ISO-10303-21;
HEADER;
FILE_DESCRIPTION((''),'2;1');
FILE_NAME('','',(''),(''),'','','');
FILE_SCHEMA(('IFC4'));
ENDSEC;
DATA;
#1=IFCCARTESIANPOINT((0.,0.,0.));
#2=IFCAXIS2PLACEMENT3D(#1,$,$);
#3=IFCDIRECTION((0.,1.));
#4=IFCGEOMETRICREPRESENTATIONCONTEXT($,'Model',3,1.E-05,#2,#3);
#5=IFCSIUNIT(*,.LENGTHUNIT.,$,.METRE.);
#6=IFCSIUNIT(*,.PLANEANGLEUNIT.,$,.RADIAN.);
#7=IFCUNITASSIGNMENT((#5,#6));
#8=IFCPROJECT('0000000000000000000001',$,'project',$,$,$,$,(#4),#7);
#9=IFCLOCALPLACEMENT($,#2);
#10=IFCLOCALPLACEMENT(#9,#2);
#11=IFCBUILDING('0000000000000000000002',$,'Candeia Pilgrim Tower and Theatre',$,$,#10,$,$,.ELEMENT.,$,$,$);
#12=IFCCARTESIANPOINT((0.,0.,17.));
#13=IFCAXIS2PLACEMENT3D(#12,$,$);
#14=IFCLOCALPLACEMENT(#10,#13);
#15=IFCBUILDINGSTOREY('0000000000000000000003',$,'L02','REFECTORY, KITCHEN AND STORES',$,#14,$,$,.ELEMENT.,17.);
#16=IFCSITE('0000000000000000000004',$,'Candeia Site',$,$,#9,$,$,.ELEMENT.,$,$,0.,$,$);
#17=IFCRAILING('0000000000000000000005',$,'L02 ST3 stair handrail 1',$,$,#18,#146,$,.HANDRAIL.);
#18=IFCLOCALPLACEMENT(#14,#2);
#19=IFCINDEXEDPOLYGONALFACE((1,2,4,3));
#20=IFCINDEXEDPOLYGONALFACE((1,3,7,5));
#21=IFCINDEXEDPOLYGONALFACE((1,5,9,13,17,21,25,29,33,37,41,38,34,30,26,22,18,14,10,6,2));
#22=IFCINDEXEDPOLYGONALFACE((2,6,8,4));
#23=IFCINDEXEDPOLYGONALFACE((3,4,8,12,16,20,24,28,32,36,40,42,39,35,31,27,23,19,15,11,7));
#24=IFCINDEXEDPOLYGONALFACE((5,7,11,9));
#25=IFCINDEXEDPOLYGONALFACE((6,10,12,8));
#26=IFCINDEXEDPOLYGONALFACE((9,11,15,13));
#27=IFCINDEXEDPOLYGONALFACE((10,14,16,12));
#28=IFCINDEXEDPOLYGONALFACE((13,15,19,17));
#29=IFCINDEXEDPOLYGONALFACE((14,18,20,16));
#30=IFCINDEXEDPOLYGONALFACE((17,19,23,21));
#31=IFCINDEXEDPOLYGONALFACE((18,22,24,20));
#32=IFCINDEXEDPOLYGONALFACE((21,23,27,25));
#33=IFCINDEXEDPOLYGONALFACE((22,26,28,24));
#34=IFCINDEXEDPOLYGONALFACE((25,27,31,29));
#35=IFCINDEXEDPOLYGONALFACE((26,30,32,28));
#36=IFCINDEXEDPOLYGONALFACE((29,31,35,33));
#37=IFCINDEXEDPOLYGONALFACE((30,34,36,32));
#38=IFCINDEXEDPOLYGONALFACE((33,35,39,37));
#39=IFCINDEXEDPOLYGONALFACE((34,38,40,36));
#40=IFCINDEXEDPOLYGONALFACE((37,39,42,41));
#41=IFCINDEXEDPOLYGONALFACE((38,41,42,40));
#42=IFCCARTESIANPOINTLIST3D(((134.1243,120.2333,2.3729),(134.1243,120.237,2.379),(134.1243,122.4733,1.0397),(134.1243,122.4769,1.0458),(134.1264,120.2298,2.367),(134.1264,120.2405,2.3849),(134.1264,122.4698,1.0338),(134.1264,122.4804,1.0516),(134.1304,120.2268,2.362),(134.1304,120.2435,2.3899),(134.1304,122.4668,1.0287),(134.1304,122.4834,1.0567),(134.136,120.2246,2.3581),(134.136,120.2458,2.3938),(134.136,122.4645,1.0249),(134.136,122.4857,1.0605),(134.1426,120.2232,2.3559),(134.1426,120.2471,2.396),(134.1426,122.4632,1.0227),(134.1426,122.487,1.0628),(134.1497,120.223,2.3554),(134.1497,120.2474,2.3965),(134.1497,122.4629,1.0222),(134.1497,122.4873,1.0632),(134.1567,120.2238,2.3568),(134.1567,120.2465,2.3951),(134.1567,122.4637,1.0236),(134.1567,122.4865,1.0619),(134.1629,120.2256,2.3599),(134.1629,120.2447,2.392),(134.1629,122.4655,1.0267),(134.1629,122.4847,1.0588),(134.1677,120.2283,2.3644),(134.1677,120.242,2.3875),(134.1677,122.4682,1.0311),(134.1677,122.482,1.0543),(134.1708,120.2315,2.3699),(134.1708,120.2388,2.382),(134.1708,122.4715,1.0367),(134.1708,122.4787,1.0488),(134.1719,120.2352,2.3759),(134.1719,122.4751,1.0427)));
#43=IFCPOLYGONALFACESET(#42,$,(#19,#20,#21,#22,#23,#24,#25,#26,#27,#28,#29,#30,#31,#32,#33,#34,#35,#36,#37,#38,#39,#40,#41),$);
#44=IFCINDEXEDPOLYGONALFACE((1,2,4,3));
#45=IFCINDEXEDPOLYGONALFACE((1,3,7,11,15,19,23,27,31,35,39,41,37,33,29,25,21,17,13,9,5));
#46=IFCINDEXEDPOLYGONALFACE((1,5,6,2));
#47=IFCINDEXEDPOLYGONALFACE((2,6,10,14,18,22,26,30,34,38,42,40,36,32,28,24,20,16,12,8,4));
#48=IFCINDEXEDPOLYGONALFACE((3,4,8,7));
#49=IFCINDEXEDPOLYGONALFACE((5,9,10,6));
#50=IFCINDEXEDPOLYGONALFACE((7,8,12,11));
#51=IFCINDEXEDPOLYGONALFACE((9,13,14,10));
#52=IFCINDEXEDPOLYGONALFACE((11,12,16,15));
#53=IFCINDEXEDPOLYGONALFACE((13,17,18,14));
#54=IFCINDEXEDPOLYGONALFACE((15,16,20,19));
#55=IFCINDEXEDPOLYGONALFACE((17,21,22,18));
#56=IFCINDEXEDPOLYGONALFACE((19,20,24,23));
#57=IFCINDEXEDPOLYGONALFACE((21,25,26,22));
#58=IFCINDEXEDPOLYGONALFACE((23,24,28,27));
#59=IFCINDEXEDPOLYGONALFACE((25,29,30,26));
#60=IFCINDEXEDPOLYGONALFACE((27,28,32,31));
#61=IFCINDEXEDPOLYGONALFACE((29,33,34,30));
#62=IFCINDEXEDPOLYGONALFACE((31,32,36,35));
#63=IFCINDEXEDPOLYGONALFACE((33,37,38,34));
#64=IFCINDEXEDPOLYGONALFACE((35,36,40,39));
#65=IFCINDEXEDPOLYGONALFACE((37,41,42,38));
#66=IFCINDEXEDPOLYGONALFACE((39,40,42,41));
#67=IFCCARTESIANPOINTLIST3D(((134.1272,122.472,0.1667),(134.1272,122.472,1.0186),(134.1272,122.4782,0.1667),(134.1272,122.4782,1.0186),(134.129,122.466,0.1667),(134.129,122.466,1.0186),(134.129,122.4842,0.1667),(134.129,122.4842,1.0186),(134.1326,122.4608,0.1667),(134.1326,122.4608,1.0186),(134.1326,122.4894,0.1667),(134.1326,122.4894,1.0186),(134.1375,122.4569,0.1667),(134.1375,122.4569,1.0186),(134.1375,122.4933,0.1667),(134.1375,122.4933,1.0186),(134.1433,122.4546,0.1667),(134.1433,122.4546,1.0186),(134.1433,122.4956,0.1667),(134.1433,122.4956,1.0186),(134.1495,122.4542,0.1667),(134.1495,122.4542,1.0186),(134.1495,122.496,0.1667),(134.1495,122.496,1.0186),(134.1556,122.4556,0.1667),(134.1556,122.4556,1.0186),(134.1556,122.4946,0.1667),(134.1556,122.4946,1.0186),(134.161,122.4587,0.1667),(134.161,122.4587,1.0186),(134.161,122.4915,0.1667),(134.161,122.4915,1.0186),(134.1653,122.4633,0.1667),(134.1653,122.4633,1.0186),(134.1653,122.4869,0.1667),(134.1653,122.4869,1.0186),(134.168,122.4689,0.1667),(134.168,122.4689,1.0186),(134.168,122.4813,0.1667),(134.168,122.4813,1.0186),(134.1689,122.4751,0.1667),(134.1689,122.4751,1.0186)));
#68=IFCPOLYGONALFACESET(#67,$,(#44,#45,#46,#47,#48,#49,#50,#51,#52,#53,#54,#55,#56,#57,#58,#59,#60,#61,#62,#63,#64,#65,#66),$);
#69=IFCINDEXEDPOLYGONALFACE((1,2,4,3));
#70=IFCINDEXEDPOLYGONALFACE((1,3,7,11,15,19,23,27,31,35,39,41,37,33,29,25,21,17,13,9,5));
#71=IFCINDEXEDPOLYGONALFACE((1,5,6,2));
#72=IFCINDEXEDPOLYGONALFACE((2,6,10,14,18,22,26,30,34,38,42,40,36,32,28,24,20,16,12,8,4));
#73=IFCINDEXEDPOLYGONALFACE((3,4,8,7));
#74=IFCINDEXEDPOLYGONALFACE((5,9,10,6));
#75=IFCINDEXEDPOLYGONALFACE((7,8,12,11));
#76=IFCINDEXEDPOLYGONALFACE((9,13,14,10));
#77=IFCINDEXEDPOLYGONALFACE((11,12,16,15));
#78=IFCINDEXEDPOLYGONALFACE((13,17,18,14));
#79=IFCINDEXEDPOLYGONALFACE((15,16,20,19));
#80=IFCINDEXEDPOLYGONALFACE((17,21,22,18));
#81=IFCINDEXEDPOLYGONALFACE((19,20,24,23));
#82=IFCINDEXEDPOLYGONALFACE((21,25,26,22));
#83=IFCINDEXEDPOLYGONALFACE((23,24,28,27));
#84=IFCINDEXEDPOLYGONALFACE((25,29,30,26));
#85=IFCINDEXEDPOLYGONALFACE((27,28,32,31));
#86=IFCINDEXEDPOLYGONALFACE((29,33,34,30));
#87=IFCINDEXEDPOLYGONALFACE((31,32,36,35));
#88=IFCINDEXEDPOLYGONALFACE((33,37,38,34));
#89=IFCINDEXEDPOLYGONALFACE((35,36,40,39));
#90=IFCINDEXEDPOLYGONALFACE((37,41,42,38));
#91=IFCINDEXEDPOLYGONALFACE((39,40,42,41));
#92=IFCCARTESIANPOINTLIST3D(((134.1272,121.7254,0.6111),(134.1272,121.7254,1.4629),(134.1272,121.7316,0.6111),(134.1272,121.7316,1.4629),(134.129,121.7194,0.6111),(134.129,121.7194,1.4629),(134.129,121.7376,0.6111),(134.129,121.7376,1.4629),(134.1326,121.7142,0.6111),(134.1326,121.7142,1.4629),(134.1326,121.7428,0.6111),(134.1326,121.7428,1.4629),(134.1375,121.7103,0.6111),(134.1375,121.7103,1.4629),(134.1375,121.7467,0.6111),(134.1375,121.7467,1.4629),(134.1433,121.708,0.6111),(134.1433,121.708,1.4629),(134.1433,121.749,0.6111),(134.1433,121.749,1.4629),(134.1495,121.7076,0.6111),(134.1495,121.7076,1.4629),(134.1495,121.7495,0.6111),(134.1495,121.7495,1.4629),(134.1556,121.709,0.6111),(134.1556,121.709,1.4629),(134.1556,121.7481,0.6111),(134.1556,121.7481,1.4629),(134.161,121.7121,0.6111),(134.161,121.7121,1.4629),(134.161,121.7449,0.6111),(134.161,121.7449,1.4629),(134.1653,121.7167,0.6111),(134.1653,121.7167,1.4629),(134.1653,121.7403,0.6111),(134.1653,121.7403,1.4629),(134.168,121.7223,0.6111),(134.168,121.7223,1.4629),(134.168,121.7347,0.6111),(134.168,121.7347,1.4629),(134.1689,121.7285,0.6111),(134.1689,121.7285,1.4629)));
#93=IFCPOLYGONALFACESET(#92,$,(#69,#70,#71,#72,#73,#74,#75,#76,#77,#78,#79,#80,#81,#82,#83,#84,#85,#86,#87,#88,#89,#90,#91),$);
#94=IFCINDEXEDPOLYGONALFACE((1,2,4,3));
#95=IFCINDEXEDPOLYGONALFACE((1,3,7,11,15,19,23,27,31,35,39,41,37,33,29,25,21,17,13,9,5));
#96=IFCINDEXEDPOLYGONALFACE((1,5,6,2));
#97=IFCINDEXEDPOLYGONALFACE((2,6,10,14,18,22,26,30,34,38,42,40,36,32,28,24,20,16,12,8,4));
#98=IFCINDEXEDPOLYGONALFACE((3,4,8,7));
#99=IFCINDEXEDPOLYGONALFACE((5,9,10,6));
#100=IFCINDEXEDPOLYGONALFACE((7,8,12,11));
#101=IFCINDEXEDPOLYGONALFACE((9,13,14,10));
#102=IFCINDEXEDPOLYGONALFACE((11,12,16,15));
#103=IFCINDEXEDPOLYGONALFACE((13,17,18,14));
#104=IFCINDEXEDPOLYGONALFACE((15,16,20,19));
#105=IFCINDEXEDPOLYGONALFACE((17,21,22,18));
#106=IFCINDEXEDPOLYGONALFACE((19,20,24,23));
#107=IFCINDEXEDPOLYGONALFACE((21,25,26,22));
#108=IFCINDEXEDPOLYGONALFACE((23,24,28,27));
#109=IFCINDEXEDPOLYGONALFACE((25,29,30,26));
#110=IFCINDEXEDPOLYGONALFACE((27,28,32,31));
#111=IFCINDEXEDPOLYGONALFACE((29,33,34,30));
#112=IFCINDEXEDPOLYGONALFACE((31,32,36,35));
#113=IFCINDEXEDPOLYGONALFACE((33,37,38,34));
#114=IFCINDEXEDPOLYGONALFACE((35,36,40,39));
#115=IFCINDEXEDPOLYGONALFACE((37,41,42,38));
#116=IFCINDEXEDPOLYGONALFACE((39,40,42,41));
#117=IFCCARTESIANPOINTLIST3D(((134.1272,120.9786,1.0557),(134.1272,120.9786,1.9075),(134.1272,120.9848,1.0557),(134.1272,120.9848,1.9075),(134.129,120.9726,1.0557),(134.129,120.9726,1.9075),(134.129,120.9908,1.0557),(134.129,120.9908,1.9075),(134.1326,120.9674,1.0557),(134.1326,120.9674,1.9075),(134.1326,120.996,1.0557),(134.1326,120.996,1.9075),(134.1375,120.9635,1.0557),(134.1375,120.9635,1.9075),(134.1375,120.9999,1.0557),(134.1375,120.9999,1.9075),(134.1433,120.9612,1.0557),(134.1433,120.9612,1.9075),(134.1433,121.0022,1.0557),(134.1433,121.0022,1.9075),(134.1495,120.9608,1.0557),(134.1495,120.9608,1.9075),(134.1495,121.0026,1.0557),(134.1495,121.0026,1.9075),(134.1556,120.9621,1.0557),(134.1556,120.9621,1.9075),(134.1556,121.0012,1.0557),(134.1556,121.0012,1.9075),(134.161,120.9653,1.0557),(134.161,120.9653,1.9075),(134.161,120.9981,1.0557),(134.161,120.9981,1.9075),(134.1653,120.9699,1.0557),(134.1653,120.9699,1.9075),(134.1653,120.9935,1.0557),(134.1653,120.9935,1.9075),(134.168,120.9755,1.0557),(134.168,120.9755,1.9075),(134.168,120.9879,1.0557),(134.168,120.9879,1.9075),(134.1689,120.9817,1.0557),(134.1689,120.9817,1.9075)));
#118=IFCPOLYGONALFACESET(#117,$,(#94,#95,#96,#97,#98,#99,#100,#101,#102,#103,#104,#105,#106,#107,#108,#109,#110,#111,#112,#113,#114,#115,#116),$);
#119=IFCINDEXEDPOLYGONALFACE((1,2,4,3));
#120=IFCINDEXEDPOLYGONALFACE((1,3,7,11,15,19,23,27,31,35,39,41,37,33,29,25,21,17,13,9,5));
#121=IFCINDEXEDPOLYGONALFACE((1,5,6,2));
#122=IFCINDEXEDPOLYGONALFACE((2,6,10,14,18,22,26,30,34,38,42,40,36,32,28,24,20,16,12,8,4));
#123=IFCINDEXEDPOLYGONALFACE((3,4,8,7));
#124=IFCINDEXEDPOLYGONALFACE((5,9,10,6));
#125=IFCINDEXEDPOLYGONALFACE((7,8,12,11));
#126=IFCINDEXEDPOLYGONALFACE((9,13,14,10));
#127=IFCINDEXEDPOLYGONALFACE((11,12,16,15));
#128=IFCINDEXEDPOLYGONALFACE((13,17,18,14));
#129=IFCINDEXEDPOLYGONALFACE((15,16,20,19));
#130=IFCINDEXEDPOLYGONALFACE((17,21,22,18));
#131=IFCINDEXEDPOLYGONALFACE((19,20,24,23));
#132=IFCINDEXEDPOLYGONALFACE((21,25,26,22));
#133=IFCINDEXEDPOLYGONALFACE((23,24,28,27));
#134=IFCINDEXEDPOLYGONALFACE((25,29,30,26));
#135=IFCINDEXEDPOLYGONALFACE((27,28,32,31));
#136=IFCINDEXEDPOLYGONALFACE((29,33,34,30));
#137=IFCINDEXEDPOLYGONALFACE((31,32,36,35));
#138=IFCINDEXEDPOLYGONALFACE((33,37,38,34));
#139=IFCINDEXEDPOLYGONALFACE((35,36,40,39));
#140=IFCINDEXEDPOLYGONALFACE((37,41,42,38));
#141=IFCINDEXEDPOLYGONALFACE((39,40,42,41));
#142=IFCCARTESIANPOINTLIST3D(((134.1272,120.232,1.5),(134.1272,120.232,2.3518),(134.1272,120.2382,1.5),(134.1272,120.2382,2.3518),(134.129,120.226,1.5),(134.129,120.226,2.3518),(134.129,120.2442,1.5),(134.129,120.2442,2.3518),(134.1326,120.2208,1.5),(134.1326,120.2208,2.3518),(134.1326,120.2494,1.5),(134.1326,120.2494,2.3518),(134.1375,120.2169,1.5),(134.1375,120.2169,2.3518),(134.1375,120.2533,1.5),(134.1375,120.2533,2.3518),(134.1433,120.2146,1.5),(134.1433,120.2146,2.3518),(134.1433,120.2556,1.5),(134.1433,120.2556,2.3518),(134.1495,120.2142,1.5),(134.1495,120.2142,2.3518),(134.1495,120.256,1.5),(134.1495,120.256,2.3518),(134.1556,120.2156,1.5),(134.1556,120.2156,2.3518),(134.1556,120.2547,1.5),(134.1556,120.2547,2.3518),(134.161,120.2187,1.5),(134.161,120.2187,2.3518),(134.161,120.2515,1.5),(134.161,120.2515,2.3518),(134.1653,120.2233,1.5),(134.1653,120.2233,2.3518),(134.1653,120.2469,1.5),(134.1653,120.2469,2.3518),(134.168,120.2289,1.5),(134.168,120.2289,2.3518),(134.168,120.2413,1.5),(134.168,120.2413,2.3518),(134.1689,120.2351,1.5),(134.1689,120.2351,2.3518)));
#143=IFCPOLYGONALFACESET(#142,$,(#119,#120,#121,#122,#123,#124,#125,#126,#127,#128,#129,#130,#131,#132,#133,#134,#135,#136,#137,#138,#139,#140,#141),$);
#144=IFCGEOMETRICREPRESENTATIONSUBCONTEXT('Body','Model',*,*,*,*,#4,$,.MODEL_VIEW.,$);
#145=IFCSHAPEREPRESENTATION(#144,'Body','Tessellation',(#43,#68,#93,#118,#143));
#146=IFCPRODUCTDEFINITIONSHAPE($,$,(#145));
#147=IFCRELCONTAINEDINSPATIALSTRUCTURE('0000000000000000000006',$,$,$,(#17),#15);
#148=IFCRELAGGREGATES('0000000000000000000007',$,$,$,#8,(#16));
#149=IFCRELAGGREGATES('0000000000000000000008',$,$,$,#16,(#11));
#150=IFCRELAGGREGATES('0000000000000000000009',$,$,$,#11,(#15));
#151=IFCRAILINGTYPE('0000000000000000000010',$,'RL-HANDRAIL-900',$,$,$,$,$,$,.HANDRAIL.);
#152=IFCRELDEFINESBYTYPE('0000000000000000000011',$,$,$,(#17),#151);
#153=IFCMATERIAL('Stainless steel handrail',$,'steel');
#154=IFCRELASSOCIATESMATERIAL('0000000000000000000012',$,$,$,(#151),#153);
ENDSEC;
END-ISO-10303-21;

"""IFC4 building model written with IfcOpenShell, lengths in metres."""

from ifc_helpers import new_model, si_unit, direction, frame, origin, origin_2d, place, context, subcontext, project, spatial, circle, extrude, material, type_object, element, save


model = new_model("IFC4")

# Units and contexts
model_context = context("Model", 3, precision=1e-05, world=origin(), true_north=direction((0.0, 1.0)))
body_context = subcontext(model_context, "Body", "Model", "MODEL_VIEW")
ifc_project = project(units=[si_unit("LENGTHUNIT", "METRE"), si_unit("PLANEANGLEUNIT", "RADIAN")], contexts=[model_context])

# Site, building, storey
site_placement = place(None, origin())
site = spatial("IfcSite", under=ifc_project, at=site_placement, Name="Candeia Site", CompositionType="ELEMENT", RefElevation=0.0)
building_placement = place(site_placement, origin())
building = spatial("IfcBuilding", under=site, at=building_placement, Name="Candeia Pilgrim Tower and Theatre", CompositionType="ELEMENT")
storey_placement = place(building_placement, frame((0.0, 0.0, 17.0)))
storey = spatial("IfcBuildingStorey", under=building, at=storey_placement, Name="L02", Description="REFECTORY, KITCHEN AND STORES", CompositionType="ELEMENT", Elevation=17.0)

# Railing
ifc_material_1 = material(Name="Stainless steel handrail", Category="steel")
railing_type_1 = type_object("IfcRailingType", Name="RL-HANDRAIL-900", PredefinedType="HANDRAIL", material=ifc_material_1)
railing_1_placement = place(storey_placement, frame((134.1479, 122.4751, 0.1667)))
element("IfcRailing", 1, at=railing_1_placement, inside=storey, type_object=railing_type_1, Name="L02 ST3 stair handrail 1", PredefinedType="HANDRAIL", context=body_context, shape_type="SweptSolid", body=[
    extrude(circle(Radius=0.0239, at=origin_2d()), frame((0.0, 0.0, 0.876), z_axis=(0.0, -0.859306, 0.511462), x_axis=(1.0, 0.0, 0.0)), (0.0, 0.0, 1.0), 2.6067),
    extrude(circle(Radius=0.021, at=origin_2d()), origin(), (0.0, 0.0, 1.0), 0.8518),
    extrude(circle(Radius=0.021, at=origin_2d()), frame((0.0, -0.7466, 0.4443)), (0.0, 0.0, 1.0), 0.8518),
    extrude(circle(Radius=0.021, at=origin_2d()), frame((0.0, -1.4934, 0.8889)), (0.0, 0.0, 1.0), 0.8518),
    extrude(circle(Radius=0.021, at=origin_2d()), frame((0.0, -2.24, 1.3333)), (0.0, 0.0, 1.0), 0.8518),
])

save(model, "model.ifc")
